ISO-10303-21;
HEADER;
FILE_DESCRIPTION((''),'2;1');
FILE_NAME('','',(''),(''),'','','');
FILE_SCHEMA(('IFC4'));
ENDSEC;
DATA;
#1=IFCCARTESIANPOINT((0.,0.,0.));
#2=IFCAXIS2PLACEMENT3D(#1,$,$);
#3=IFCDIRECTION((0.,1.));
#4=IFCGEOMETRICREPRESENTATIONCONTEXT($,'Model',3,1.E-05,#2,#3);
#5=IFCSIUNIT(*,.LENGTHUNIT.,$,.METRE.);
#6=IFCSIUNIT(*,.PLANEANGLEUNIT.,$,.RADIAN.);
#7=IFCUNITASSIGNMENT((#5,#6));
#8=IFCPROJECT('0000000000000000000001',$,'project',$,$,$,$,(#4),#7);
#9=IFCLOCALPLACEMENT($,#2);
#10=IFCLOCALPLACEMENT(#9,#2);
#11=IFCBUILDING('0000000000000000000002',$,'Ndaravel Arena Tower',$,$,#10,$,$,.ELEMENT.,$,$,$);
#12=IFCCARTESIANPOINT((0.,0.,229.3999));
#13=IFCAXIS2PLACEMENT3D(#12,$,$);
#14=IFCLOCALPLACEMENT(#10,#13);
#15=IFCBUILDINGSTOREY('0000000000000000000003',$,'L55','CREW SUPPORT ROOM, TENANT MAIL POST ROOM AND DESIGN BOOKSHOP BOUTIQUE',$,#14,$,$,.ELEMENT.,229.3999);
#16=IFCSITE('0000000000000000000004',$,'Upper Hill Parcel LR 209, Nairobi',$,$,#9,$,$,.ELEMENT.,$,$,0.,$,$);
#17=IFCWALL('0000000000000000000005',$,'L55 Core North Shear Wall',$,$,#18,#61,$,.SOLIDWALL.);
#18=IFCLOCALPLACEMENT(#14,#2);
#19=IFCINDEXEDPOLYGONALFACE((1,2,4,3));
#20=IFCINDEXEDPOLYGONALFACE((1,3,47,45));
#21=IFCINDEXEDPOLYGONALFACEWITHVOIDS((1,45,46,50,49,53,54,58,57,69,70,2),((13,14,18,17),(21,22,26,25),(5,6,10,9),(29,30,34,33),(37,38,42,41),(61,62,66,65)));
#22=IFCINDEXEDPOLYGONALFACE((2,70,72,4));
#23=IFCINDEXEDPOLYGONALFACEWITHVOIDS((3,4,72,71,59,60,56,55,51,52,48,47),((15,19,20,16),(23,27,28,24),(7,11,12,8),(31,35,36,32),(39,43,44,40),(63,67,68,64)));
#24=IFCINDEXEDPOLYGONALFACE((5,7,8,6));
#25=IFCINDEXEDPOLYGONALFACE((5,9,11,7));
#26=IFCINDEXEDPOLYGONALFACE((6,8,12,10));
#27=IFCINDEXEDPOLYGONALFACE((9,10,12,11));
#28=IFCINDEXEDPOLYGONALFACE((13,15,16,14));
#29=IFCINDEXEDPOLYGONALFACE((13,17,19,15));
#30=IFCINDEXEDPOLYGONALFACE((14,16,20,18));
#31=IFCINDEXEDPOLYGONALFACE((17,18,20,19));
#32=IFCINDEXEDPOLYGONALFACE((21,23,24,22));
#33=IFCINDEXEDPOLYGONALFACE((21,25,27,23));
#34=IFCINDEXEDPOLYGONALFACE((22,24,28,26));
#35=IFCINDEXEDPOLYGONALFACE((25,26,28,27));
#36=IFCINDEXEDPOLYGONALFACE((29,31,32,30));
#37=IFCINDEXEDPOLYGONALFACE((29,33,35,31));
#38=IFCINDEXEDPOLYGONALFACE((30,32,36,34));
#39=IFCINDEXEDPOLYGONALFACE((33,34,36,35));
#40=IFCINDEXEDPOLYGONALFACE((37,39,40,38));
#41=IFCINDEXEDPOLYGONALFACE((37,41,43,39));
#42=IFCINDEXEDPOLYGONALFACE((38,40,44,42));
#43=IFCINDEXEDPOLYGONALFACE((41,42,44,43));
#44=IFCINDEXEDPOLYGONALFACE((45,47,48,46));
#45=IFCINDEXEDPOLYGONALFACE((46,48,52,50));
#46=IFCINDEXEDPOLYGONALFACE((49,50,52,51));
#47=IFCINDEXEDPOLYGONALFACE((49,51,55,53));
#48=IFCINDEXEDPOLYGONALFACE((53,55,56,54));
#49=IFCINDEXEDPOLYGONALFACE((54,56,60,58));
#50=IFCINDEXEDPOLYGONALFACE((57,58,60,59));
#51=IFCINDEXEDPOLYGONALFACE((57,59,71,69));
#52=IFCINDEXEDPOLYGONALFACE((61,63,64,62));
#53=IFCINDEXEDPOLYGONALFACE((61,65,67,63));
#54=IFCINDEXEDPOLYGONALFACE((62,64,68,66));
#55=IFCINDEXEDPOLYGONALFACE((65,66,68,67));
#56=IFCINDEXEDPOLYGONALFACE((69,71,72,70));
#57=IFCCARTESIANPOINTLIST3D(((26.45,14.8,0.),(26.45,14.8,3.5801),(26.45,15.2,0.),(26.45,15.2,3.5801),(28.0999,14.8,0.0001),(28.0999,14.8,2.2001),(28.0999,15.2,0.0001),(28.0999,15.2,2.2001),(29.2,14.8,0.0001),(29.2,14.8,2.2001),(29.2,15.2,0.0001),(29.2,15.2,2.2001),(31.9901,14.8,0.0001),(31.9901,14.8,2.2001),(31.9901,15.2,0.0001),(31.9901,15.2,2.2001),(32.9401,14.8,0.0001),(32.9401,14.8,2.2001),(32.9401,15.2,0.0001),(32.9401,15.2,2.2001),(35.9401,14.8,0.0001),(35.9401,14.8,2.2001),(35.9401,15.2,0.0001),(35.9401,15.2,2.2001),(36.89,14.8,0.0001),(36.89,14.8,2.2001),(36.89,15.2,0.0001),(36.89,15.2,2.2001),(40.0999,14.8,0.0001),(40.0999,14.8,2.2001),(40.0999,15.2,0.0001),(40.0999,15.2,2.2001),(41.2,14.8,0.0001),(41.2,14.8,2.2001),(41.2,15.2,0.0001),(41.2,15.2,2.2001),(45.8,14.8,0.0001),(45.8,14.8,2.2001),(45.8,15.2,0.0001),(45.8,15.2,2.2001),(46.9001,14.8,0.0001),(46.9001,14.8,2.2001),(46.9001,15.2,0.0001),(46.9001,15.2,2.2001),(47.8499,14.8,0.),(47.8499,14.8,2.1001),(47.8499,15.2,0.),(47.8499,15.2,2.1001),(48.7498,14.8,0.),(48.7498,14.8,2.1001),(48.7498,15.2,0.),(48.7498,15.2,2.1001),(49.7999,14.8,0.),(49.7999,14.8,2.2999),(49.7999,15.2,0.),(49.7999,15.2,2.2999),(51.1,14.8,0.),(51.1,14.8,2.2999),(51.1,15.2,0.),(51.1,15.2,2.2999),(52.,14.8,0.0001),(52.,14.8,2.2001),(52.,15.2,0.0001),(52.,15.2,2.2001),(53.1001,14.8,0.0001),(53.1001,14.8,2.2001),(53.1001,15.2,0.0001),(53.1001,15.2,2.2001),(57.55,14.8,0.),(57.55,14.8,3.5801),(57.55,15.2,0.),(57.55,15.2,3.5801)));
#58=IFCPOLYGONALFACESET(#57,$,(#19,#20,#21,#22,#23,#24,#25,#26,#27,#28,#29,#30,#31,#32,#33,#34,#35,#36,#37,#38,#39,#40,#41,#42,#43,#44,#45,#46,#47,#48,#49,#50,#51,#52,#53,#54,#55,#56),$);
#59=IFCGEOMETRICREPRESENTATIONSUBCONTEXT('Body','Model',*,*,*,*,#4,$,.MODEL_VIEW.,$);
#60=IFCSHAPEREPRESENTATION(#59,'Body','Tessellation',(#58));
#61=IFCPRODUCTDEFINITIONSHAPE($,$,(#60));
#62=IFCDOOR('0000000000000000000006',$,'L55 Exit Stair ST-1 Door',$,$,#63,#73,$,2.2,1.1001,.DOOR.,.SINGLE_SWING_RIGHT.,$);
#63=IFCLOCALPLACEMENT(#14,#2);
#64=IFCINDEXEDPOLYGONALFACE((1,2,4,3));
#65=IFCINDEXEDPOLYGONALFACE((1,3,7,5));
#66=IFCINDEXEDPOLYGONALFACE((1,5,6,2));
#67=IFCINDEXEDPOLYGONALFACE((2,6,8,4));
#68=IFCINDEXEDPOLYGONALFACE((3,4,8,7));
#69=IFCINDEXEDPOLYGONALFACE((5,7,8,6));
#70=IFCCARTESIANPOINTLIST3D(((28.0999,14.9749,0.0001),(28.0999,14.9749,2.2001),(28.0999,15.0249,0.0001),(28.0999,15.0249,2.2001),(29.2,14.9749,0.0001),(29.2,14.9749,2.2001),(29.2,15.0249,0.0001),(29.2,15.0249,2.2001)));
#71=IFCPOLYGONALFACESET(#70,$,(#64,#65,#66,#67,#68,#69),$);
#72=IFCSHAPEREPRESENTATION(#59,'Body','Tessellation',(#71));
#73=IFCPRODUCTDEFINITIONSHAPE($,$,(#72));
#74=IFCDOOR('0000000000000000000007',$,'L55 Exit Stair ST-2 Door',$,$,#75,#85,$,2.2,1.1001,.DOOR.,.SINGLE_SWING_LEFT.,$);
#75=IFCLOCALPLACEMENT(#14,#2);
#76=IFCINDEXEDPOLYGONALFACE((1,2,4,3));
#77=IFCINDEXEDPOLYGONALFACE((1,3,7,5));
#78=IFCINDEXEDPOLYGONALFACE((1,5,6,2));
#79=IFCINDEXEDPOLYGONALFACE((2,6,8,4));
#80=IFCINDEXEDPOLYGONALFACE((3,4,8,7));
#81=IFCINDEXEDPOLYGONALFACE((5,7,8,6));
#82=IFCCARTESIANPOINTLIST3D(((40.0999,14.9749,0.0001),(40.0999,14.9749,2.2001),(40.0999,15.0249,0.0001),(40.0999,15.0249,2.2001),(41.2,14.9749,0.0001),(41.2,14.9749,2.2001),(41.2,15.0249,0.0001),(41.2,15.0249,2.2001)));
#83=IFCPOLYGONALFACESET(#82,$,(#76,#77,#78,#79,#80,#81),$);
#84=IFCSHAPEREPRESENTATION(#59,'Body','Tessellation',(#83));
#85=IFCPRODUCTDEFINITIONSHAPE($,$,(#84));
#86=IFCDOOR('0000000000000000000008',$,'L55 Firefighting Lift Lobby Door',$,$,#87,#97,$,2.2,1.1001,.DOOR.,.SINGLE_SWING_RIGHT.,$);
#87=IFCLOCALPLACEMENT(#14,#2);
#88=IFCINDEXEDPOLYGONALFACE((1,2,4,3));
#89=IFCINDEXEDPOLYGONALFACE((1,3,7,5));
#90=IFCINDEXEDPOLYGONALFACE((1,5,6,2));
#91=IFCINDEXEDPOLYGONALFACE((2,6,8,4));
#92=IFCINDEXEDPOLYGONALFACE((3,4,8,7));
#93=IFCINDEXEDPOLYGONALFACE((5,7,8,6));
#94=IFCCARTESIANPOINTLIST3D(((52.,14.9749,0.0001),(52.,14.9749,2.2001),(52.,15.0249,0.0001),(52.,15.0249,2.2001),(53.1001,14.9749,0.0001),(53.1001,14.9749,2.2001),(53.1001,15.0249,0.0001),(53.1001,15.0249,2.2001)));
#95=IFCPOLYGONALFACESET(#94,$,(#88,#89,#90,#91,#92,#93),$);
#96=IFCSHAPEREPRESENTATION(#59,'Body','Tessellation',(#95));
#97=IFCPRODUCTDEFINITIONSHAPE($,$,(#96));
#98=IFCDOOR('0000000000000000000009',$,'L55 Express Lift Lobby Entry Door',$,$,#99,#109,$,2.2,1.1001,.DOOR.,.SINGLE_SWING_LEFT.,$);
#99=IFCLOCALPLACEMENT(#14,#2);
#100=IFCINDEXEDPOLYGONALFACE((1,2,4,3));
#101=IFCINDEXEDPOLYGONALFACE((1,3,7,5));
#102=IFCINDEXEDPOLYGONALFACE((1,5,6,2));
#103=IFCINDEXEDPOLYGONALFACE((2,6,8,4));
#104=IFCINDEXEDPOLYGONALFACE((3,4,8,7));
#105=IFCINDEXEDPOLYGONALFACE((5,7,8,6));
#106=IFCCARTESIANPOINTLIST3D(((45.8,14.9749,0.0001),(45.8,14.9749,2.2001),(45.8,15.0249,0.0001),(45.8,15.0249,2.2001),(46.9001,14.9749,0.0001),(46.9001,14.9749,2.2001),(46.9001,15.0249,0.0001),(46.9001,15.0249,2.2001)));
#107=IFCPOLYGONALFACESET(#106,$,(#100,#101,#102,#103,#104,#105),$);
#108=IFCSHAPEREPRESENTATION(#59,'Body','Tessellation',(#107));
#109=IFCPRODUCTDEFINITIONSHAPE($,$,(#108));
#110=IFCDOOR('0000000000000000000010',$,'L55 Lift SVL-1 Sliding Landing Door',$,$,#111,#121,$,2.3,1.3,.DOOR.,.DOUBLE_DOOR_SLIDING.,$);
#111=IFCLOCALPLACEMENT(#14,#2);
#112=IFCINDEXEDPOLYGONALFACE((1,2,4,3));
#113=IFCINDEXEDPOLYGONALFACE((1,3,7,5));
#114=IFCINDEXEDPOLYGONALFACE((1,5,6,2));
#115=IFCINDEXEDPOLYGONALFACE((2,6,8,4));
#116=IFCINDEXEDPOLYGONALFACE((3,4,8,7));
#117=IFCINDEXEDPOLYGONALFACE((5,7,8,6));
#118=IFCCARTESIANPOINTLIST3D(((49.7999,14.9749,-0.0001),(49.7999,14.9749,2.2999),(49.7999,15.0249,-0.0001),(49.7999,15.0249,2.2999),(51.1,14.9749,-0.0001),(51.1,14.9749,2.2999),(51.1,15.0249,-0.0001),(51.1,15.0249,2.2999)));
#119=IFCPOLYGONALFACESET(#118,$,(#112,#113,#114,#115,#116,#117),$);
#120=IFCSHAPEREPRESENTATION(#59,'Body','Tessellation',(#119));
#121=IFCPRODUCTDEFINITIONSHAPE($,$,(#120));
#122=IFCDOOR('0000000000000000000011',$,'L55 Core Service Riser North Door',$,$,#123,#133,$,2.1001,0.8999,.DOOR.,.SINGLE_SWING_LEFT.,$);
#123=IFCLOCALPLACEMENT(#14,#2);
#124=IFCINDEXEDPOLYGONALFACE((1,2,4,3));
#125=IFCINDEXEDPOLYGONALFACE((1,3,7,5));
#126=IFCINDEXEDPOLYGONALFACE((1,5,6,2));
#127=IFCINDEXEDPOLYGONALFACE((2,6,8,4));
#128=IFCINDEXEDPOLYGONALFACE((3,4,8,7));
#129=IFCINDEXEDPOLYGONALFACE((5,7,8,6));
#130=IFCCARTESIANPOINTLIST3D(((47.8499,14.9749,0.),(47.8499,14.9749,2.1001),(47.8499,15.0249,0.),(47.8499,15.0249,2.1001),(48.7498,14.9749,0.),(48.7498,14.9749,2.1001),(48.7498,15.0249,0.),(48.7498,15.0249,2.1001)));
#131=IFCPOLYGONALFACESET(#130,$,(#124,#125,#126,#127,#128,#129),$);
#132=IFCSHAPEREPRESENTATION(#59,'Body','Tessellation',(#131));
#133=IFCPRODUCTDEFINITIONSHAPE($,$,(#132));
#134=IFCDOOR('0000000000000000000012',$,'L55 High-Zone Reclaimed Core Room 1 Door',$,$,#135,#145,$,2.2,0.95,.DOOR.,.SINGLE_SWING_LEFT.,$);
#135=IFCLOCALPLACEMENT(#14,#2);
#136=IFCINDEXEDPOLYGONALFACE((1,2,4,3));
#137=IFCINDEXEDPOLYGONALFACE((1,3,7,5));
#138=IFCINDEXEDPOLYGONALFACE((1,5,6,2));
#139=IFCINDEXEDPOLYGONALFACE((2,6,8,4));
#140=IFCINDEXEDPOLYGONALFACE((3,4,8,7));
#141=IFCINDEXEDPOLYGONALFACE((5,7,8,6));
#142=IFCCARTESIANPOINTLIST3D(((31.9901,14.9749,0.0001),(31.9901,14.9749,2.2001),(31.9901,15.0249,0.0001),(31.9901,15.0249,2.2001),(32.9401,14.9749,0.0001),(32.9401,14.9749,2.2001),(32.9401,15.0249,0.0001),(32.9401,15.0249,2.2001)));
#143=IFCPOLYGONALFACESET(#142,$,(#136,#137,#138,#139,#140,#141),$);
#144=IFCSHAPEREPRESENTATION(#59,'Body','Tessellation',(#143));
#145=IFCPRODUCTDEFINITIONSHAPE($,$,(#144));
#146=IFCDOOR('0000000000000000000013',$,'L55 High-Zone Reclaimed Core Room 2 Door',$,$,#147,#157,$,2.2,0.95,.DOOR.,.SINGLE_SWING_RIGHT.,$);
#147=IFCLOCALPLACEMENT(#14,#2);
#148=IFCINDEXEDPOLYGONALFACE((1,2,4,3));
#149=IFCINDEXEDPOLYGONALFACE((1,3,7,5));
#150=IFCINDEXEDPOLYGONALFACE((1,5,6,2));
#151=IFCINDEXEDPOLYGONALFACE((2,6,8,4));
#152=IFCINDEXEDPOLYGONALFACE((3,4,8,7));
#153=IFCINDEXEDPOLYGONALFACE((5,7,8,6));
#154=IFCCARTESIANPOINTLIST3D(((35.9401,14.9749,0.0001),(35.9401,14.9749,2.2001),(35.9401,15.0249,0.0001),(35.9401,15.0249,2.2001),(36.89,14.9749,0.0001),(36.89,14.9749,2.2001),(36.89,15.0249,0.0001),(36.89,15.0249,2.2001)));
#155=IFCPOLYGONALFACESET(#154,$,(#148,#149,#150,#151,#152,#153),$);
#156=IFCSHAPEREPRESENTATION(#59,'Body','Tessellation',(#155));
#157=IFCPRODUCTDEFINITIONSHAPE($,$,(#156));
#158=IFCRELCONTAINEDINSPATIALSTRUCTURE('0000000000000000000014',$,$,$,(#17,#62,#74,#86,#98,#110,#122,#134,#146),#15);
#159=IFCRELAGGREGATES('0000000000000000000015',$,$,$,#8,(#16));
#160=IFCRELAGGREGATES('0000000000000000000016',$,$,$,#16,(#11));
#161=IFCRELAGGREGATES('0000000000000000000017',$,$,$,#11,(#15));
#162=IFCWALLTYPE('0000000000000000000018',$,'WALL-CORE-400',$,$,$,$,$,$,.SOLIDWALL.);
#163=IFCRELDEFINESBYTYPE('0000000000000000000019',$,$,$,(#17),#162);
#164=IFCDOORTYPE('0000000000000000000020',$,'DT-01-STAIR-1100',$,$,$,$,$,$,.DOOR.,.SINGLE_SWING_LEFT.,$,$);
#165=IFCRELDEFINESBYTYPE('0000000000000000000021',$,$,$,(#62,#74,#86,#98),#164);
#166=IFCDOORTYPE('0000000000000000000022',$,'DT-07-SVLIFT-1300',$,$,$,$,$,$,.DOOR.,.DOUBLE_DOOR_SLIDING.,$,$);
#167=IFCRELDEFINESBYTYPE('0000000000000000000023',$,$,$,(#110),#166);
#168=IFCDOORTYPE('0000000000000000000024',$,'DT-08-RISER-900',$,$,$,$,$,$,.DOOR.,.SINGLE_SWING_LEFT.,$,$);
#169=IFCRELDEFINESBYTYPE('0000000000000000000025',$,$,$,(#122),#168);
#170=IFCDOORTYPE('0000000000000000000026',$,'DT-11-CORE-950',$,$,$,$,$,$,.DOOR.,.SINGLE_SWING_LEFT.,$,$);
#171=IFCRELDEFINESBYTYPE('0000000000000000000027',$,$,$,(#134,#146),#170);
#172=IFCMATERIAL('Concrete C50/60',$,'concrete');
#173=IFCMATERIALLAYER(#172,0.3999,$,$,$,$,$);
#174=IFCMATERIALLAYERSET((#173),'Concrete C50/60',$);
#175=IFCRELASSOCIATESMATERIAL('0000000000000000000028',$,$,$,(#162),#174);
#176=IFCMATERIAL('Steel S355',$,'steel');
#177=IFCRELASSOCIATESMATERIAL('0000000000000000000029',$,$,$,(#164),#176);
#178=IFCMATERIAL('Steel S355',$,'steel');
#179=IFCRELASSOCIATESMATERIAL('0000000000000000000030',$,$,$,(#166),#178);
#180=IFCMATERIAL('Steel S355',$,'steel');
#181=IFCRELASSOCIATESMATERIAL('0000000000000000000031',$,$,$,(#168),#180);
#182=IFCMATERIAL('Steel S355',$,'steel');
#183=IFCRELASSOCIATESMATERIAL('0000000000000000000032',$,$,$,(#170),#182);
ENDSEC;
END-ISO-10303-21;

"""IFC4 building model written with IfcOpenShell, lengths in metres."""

from ifc_helpers import new_model, si_unit, direction, frame, frame_2d, origin, place, context, subcontext, project, spatial, rectangle, extrude, material, layer, layer_set, type_object, element, fill, save


model = new_model("IFC4")

# Units and contexts
model_context = context("Model", 3, precision=1e-05, world=origin(), true_north=direction((0.0, 1.0)))
body_context = subcontext(model_context, "Body", "Model", "MODEL_VIEW")
ifc_project = project(units=[si_unit("LENGTHUNIT", "METRE"), si_unit("PLANEANGLEUNIT", "RADIAN")], contexts=[model_context])

# Site, building, storey
site_placement = place(None, origin())
site = spatial("IfcSite", under=ifc_project, at=site_placement, Name="Upper Hill Parcel LR 209, Nairobi", CompositionType="ELEMENT", RefElevation=0.0)
building_placement = place(site_placement, origin())
building = spatial("IfcBuilding", under=site, at=building_placement, Name="Ndaravel Arena Tower", CompositionType="ELEMENT")
storey_placement = place(building_placement, frame((0.0, 0.0, 229.3999)))
storey = spatial("IfcBuildingStorey", under=building, at=storey_placement, Name="L55", Description="CREW SUPPORT ROOM, TENANT MAIL POST ROOM AND DESIGN BOOKSHOP BOUTIQUE", CompositionType="ELEMENT", Elevation=229.3999)

# Wall, openings, doors
ifc_material_1 = material(Name="Concrete C50/60", Category="concrete")
ifc_layer_1 = layer(ifc_material_1, 0.3999)
ifc_layer_set_1 = layer_set([ifc_layer_1], Name="Concrete C50/60")
wall_type_1 = type_object("IfcWallType", Name="WALL-CORE-400", PredefinedType="SOLIDWALL", material=ifc_layer_set_1)
wall_1_placement = place(storey_placement, frame((26.45, 15.0, 0.0), z_axis=(0.0, 0.0, 1.0), x_axis=(1.0, 0.0, 0.0)))
wall_1 = element("IfcWall", 1, at=wall_1_placement, inside=storey, type_object=wall_type_1, Name="L55 Core North Shear Wall", PredefinedType="SOLIDWALL", context=body_context, shape_type="SweptSolid", body=[
    extrude(rectangle(XDim=31.1001, YDim=0.3999, at=frame_2d((15.55, 0.0))), origin(), (0.0, 0.0, 1.0), 3.5801),
])
opening_1_placement = place(wall_1_placement, frame((1.6499, 0.0, 0.0)))
opening_1 = element("IfcOpeningElement", 2, at=opening_1_placement, cuts=wall_1, PredefinedType="OPENING", context=body_context, shape_type="SweptSolid", body=[
    extrude(rectangle(XDim=1.1001, YDim=2.2, at=frame_2d((0.55, 1.1001))), frame((0.0, 0.2, 0.0), z_axis=(0.0, -1.0, 0.0), x_axis=(1.0, 0.0, 0.0)), (0.0, 0.0, 1.0), 0.3999),
])
opening_2_placement = place(wall_1_placement, frame((13.6499, 0.0, 0.0)))
opening_2 = element("IfcOpeningElement", 3, at=opening_2_placement, cuts=wall_1, PredefinedType="OPENING", context=body_context, shape_type="SweptSolid", body=[
    extrude(rectangle(XDim=1.1001, YDim=2.2, at=frame_2d((0.55, 1.1001))), frame((0.0, 0.2, 0.0), z_axis=(0.0, -1.0, 0.0), x_axis=(1.0, 0.0, 0.0)), (0.0, 0.0, 1.0), 0.3999),
])
opening_3_placement = place(wall_1_placement, frame((25.55, 0.0, 0.0)))
opening_3 = element("IfcOpeningElement", 4, at=opening_3_placement, cuts=wall_1, PredefinedType="OPENING", context=body_context, shape_type="SweptSolid", body=[
    extrude(rectangle(XDim=1.1001, YDim=2.2, at=frame_2d((0.55, 1.1001))), frame((0.0, 0.2, 0.0), z_axis=(0.0, -1.0, 0.0), x_axis=(1.0, 0.0, 0.0)), (0.0, 0.0, 1.0), 0.3999),
])
opening_4_placement = place(wall_1_placement, frame((19.3501, 0.0, 0.0)))
opening_4 = element("IfcOpeningElement", 5, at=opening_4_placement, cuts=wall_1, PredefinedType="OPENING", context=body_context, shape_type="SweptSolid", body=[
    extrude(rectangle(XDim=1.1001, YDim=2.2, at=frame_2d((0.55, 1.1001))), frame((0.0, 0.2, 0.0), z_axis=(0.0, -1.0, 0.0), x_axis=(1.0, 0.0, 0.0)), (0.0, 0.0, 1.0), 0.3999),
])
opening_5_placement = place(wall_1_placement, frame((21.3999, 0.0, 0.0)))
opening_5 = element("IfcOpeningElement", 6, at=opening_5_placement, cuts=wall_1, PredefinedType="OPENING", context=body_context, shape_type="SweptSolid", body=[
    extrude(rectangle(XDim=0.8999, YDim=2.1001, at=frame_2d((0.45, 1.05))), frame((0.0, 0.2, 0.0), z_axis=(0.0, -1.0, 0.0), x_axis=(1.0, 0.0, 0.0)), (0.0, 0.0, 1.0), 0.3999),
])
opening_6_placement = place(wall_1_placement, frame((5.54, 0.0, 0.0)))
opening_6 = element("IfcOpeningElement", 7, at=opening_6_placement, cuts=wall_1, PredefinedType="OPENING", context=body_context, shape_type="SweptSolid", body=[
    extrude(rectangle(XDim=0.95, YDim=2.2, at=frame_2d((0.4751, 1.1001))), frame((0.0, 0.2, 0.0), z_axis=(0.0, -1.0, 0.0), x_axis=(1.0, 0.0, 0.0)), (0.0, 0.0, 1.0), 0.3999),
])
opening_7_placement = place(wall_1_placement, frame((9.49, 0.0, 0.0)))
opening_7 = element("IfcOpeningElement", 8, at=opening_7_placement, cuts=wall_1, PredefinedType="OPENING", context=body_context, shape_type="SweptSolid", body=[
    extrude(rectangle(XDim=0.95, YDim=2.2, at=frame_2d((0.4751, 1.1001))), frame((0.0, 0.2, 0.0), z_axis=(0.0, -1.0, 0.0), x_axis=(1.0, 0.0, 0.0)), (0.0, 0.0, 1.0), 0.3999),
])
opening_8_placement = place(wall_1_placement, frame((23.3501, 0.0, 0.0)))
opening_8 = element("IfcOpeningElement", 9, at=opening_8_placement, cuts=wall_1, PredefinedType="OPENING", context=body_context, shape_type="SweptSolid", body=[
    extrude(rectangle(XDim=1.3, YDim=2.3, at=frame_2d((0.6499, 1.1499))), frame((0.0, 0.2, 0.0), z_axis=(0.0, -1.0, 0.0), x_axis=(1.0, 0.0, 0.0)), (0.0, 0.0, 1.0), 0.3999),
])
ifc_material_2 = material(Name="Steel S355", Category="steel")
door_type_1 = type_object("IfcDoorType", Name="DT-01-STAIR-1100", OperationType="SINGLE_SWING_LEFT", PredefinedType="DOOR", material=ifc_material_2)
door_1_placement = place(opening_1_placement, origin())
door_1 = element("IfcDoor", 10, at=door_1_placement, inside=storey, type_object=door_type_1, Name="L55 Exit Stair ST-1 Door", OperationType="SINGLE_SWING_RIGHT", OverallHeight=2.2, OverallWidth=1.1001, PredefinedType="DOOR", context=body_context, shape_type="SweptSolid", body=[
    extrude(rectangle(XDim=1.1001, YDim=2.2, at=frame_2d((0.55, 1.1001))), frame((0.0, 0.0249, 0.0), z_axis=(0.0, -1.0, 0.0), x_axis=(1.0, 0.0, 0.0)), (0.0, 0.0, 1.0), 0.05),
])
fill(opening_1, door_1)
door_2_placement = place(opening_2_placement, origin())
door_2 = element("IfcDoor", 11, at=door_2_placement, inside=storey, type_object=door_type_1, Name="L55 Exit Stair ST-2 Door", OperationType="SINGLE_SWING_LEFT", OverallHeight=2.2, OverallWidth=1.1001, PredefinedType="DOOR", context=body_context, shape_type="SweptSolid", body=[
    extrude(rectangle(XDim=1.1001, YDim=2.2, at=frame_2d((0.55, 1.1001))), frame((0.0, 0.0249, 0.0), z_axis=(0.0, -1.0, 0.0), x_axis=(1.0, 0.0, 0.0)), (0.0, 0.0, 1.0), 0.05),
])
fill(opening_2, door_2)
door_3_placement = place(opening_3_placement, origin())
door_3 = element("IfcDoor", 12, at=door_3_placement, inside=storey, type_object=door_type_1, Name="L55 Firefighting Lift Lobby Door", OperationType="SINGLE_SWING_RIGHT", OverallHeight=2.2, OverallWidth=1.1001, PredefinedType="DOOR", context=body_context, shape_type="SweptSolid", body=[
    extrude(rectangle(XDim=1.1001, YDim=2.2, at=frame_2d((0.55, 1.1001))), frame((0.0, 0.0249, 0.0), z_axis=(0.0, -1.0, 0.0), x_axis=(1.0, 0.0, 0.0)), (0.0, 0.0, 1.0), 0.05),
])
fill(opening_3, door_3)
door_4_placement = place(opening_4_placement, origin())
door_4 = element("IfcDoor", 13, at=door_4_placement, inside=storey, type_object=door_type_1, Name="L55 Express Lift Lobby Entry Door", OperationType="SINGLE_SWING_LEFT", OverallHeight=2.2, OverallWidth=1.1001, PredefinedType="DOOR", context=body_context, shape_type="SweptSolid", body=[
    extrude(rectangle(XDim=1.1001, YDim=2.2, at=frame_2d((0.55, 1.1001))), frame((0.0, 0.0249, 0.0), z_axis=(0.0, -1.0, 0.0), x_axis=(1.0, 0.0, 0.0)), (0.0, 0.0, 1.0), 0.05),
])
fill(opening_4, door_4)
ifc_material_3 = material(Name="Steel S355", Category="steel")
door_type_2 = type_object("IfcDoorType", Name="DT-07-SVLIFT-1300", OperationType="DOUBLE_DOOR_SLIDING", PredefinedType="DOOR", material=ifc_material_3)
door_5_placement = place(opening_8_placement, origin())
door_5 = element("IfcDoor", 14, at=door_5_placement, inside=storey, type_object=door_type_2, Name="L55 Lift SVL-1 Sliding Landing Door", OperationType="DOUBLE_DOOR_SLIDING", OverallHeight=2.3, OverallWidth=1.3, PredefinedType="DOOR", context=body_context, shape_type="SweptSolid", body=[
    extrude(rectangle(XDim=1.3, YDim=2.3, at=frame_2d((0.6499, 1.1499))), frame((0.0, 0.0249, 0.0), z_axis=(0.0, -1.0, 0.0), x_axis=(1.0, 0.0, 0.0)), (0.0, 0.0, 1.0), 0.05),
])
fill(opening_8, door_5)
ifc_material_4 = material(Name="Steel S355", Category="steel")
door_type_3 = type_object("IfcDoorType", Name="DT-08-RISER-900", OperationType="SINGLE_SWING_LEFT", PredefinedType="DOOR", material=ifc_material_4)
door_6_placement = place(opening_5_placement, origin())
door_6 = element("IfcDoor", 15, at=door_6_placement, inside=storey, type_object=door_type_3, Name="L55 Core Service Riser North Door", OperationType="SINGLE_SWING_LEFT", OverallHeight=2.1001, OverallWidth=0.8999, PredefinedType="DOOR", context=body_context, shape_type="SweptSolid", body=[
    extrude(rectangle(XDim=0.8999, YDim=2.1001, at=frame_2d((0.45, 1.05))), frame((0.0, 0.0249, 0.0), z_axis=(0.0, -1.0, 0.0), x_axis=(1.0, 0.0, 0.0)), (0.0, 0.0, 1.0), 0.05),
])
fill(opening_5, door_6)
ifc_material_5 = material(Name="Steel S355", Category="steel")
door_type_4 = type_object("IfcDoorType", Name="DT-11-CORE-950", OperationType="SINGLE_SWING_LEFT", PredefinedType="DOOR", material=ifc_material_5)
door_7_placement = place(opening_6_placement, origin())
door_7 = element("IfcDoor", 16, at=door_7_placement, inside=storey, type_object=door_type_4, Name="L55 High-Zone Reclaimed Core Room 1 Door", OperationType="SINGLE_SWING_LEFT", OverallHeight=2.2, OverallWidth=0.95, PredefinedType="DOOR", context=body_context, shape_type="SweptSolid", body=[
    extrude(rectangle(XDim=0.95, YDim=2.2, at=frame_2d((0.4751, 1.1001))), frame((0.0, 0.0249, 0.0), z_axis=(0.0, -1.0, 0.0), x_axis=(1.0, 0.0, 0.0)), (0.0, 0.0, 1.0), 0.05),
])
fill(opening_6, door_7)
door_8_placement = place(opening_7_placement, origin())
door_8 = element("IfcDoor", 17, at=door_8_placement, inside=storey, type_object=door_type_4, Name="L55 High-Zone Reclaimed Core Room 2 Door", OperationType="SINGLE_SWING_RIGHT", OverallHeight=2.2, OverallWidth=0.95, PredefinedType="DOOR", context=body_context, shape_type="SweptSolid", body=[
    extrude(rectangle(XDim=0.95, YDim=2.2, at=frame_2d((0.4751, 1.1001))), frame((0.0, 0.0249, 0.0), z_axis=(0.0, -1.0, 0.0), x_axis=(1.0, 0.0, 0.0)), (0.0, 0.0, 1.0), 0.05),
])
fill(opening_7, door_8)

save(model, "model.ifc")
